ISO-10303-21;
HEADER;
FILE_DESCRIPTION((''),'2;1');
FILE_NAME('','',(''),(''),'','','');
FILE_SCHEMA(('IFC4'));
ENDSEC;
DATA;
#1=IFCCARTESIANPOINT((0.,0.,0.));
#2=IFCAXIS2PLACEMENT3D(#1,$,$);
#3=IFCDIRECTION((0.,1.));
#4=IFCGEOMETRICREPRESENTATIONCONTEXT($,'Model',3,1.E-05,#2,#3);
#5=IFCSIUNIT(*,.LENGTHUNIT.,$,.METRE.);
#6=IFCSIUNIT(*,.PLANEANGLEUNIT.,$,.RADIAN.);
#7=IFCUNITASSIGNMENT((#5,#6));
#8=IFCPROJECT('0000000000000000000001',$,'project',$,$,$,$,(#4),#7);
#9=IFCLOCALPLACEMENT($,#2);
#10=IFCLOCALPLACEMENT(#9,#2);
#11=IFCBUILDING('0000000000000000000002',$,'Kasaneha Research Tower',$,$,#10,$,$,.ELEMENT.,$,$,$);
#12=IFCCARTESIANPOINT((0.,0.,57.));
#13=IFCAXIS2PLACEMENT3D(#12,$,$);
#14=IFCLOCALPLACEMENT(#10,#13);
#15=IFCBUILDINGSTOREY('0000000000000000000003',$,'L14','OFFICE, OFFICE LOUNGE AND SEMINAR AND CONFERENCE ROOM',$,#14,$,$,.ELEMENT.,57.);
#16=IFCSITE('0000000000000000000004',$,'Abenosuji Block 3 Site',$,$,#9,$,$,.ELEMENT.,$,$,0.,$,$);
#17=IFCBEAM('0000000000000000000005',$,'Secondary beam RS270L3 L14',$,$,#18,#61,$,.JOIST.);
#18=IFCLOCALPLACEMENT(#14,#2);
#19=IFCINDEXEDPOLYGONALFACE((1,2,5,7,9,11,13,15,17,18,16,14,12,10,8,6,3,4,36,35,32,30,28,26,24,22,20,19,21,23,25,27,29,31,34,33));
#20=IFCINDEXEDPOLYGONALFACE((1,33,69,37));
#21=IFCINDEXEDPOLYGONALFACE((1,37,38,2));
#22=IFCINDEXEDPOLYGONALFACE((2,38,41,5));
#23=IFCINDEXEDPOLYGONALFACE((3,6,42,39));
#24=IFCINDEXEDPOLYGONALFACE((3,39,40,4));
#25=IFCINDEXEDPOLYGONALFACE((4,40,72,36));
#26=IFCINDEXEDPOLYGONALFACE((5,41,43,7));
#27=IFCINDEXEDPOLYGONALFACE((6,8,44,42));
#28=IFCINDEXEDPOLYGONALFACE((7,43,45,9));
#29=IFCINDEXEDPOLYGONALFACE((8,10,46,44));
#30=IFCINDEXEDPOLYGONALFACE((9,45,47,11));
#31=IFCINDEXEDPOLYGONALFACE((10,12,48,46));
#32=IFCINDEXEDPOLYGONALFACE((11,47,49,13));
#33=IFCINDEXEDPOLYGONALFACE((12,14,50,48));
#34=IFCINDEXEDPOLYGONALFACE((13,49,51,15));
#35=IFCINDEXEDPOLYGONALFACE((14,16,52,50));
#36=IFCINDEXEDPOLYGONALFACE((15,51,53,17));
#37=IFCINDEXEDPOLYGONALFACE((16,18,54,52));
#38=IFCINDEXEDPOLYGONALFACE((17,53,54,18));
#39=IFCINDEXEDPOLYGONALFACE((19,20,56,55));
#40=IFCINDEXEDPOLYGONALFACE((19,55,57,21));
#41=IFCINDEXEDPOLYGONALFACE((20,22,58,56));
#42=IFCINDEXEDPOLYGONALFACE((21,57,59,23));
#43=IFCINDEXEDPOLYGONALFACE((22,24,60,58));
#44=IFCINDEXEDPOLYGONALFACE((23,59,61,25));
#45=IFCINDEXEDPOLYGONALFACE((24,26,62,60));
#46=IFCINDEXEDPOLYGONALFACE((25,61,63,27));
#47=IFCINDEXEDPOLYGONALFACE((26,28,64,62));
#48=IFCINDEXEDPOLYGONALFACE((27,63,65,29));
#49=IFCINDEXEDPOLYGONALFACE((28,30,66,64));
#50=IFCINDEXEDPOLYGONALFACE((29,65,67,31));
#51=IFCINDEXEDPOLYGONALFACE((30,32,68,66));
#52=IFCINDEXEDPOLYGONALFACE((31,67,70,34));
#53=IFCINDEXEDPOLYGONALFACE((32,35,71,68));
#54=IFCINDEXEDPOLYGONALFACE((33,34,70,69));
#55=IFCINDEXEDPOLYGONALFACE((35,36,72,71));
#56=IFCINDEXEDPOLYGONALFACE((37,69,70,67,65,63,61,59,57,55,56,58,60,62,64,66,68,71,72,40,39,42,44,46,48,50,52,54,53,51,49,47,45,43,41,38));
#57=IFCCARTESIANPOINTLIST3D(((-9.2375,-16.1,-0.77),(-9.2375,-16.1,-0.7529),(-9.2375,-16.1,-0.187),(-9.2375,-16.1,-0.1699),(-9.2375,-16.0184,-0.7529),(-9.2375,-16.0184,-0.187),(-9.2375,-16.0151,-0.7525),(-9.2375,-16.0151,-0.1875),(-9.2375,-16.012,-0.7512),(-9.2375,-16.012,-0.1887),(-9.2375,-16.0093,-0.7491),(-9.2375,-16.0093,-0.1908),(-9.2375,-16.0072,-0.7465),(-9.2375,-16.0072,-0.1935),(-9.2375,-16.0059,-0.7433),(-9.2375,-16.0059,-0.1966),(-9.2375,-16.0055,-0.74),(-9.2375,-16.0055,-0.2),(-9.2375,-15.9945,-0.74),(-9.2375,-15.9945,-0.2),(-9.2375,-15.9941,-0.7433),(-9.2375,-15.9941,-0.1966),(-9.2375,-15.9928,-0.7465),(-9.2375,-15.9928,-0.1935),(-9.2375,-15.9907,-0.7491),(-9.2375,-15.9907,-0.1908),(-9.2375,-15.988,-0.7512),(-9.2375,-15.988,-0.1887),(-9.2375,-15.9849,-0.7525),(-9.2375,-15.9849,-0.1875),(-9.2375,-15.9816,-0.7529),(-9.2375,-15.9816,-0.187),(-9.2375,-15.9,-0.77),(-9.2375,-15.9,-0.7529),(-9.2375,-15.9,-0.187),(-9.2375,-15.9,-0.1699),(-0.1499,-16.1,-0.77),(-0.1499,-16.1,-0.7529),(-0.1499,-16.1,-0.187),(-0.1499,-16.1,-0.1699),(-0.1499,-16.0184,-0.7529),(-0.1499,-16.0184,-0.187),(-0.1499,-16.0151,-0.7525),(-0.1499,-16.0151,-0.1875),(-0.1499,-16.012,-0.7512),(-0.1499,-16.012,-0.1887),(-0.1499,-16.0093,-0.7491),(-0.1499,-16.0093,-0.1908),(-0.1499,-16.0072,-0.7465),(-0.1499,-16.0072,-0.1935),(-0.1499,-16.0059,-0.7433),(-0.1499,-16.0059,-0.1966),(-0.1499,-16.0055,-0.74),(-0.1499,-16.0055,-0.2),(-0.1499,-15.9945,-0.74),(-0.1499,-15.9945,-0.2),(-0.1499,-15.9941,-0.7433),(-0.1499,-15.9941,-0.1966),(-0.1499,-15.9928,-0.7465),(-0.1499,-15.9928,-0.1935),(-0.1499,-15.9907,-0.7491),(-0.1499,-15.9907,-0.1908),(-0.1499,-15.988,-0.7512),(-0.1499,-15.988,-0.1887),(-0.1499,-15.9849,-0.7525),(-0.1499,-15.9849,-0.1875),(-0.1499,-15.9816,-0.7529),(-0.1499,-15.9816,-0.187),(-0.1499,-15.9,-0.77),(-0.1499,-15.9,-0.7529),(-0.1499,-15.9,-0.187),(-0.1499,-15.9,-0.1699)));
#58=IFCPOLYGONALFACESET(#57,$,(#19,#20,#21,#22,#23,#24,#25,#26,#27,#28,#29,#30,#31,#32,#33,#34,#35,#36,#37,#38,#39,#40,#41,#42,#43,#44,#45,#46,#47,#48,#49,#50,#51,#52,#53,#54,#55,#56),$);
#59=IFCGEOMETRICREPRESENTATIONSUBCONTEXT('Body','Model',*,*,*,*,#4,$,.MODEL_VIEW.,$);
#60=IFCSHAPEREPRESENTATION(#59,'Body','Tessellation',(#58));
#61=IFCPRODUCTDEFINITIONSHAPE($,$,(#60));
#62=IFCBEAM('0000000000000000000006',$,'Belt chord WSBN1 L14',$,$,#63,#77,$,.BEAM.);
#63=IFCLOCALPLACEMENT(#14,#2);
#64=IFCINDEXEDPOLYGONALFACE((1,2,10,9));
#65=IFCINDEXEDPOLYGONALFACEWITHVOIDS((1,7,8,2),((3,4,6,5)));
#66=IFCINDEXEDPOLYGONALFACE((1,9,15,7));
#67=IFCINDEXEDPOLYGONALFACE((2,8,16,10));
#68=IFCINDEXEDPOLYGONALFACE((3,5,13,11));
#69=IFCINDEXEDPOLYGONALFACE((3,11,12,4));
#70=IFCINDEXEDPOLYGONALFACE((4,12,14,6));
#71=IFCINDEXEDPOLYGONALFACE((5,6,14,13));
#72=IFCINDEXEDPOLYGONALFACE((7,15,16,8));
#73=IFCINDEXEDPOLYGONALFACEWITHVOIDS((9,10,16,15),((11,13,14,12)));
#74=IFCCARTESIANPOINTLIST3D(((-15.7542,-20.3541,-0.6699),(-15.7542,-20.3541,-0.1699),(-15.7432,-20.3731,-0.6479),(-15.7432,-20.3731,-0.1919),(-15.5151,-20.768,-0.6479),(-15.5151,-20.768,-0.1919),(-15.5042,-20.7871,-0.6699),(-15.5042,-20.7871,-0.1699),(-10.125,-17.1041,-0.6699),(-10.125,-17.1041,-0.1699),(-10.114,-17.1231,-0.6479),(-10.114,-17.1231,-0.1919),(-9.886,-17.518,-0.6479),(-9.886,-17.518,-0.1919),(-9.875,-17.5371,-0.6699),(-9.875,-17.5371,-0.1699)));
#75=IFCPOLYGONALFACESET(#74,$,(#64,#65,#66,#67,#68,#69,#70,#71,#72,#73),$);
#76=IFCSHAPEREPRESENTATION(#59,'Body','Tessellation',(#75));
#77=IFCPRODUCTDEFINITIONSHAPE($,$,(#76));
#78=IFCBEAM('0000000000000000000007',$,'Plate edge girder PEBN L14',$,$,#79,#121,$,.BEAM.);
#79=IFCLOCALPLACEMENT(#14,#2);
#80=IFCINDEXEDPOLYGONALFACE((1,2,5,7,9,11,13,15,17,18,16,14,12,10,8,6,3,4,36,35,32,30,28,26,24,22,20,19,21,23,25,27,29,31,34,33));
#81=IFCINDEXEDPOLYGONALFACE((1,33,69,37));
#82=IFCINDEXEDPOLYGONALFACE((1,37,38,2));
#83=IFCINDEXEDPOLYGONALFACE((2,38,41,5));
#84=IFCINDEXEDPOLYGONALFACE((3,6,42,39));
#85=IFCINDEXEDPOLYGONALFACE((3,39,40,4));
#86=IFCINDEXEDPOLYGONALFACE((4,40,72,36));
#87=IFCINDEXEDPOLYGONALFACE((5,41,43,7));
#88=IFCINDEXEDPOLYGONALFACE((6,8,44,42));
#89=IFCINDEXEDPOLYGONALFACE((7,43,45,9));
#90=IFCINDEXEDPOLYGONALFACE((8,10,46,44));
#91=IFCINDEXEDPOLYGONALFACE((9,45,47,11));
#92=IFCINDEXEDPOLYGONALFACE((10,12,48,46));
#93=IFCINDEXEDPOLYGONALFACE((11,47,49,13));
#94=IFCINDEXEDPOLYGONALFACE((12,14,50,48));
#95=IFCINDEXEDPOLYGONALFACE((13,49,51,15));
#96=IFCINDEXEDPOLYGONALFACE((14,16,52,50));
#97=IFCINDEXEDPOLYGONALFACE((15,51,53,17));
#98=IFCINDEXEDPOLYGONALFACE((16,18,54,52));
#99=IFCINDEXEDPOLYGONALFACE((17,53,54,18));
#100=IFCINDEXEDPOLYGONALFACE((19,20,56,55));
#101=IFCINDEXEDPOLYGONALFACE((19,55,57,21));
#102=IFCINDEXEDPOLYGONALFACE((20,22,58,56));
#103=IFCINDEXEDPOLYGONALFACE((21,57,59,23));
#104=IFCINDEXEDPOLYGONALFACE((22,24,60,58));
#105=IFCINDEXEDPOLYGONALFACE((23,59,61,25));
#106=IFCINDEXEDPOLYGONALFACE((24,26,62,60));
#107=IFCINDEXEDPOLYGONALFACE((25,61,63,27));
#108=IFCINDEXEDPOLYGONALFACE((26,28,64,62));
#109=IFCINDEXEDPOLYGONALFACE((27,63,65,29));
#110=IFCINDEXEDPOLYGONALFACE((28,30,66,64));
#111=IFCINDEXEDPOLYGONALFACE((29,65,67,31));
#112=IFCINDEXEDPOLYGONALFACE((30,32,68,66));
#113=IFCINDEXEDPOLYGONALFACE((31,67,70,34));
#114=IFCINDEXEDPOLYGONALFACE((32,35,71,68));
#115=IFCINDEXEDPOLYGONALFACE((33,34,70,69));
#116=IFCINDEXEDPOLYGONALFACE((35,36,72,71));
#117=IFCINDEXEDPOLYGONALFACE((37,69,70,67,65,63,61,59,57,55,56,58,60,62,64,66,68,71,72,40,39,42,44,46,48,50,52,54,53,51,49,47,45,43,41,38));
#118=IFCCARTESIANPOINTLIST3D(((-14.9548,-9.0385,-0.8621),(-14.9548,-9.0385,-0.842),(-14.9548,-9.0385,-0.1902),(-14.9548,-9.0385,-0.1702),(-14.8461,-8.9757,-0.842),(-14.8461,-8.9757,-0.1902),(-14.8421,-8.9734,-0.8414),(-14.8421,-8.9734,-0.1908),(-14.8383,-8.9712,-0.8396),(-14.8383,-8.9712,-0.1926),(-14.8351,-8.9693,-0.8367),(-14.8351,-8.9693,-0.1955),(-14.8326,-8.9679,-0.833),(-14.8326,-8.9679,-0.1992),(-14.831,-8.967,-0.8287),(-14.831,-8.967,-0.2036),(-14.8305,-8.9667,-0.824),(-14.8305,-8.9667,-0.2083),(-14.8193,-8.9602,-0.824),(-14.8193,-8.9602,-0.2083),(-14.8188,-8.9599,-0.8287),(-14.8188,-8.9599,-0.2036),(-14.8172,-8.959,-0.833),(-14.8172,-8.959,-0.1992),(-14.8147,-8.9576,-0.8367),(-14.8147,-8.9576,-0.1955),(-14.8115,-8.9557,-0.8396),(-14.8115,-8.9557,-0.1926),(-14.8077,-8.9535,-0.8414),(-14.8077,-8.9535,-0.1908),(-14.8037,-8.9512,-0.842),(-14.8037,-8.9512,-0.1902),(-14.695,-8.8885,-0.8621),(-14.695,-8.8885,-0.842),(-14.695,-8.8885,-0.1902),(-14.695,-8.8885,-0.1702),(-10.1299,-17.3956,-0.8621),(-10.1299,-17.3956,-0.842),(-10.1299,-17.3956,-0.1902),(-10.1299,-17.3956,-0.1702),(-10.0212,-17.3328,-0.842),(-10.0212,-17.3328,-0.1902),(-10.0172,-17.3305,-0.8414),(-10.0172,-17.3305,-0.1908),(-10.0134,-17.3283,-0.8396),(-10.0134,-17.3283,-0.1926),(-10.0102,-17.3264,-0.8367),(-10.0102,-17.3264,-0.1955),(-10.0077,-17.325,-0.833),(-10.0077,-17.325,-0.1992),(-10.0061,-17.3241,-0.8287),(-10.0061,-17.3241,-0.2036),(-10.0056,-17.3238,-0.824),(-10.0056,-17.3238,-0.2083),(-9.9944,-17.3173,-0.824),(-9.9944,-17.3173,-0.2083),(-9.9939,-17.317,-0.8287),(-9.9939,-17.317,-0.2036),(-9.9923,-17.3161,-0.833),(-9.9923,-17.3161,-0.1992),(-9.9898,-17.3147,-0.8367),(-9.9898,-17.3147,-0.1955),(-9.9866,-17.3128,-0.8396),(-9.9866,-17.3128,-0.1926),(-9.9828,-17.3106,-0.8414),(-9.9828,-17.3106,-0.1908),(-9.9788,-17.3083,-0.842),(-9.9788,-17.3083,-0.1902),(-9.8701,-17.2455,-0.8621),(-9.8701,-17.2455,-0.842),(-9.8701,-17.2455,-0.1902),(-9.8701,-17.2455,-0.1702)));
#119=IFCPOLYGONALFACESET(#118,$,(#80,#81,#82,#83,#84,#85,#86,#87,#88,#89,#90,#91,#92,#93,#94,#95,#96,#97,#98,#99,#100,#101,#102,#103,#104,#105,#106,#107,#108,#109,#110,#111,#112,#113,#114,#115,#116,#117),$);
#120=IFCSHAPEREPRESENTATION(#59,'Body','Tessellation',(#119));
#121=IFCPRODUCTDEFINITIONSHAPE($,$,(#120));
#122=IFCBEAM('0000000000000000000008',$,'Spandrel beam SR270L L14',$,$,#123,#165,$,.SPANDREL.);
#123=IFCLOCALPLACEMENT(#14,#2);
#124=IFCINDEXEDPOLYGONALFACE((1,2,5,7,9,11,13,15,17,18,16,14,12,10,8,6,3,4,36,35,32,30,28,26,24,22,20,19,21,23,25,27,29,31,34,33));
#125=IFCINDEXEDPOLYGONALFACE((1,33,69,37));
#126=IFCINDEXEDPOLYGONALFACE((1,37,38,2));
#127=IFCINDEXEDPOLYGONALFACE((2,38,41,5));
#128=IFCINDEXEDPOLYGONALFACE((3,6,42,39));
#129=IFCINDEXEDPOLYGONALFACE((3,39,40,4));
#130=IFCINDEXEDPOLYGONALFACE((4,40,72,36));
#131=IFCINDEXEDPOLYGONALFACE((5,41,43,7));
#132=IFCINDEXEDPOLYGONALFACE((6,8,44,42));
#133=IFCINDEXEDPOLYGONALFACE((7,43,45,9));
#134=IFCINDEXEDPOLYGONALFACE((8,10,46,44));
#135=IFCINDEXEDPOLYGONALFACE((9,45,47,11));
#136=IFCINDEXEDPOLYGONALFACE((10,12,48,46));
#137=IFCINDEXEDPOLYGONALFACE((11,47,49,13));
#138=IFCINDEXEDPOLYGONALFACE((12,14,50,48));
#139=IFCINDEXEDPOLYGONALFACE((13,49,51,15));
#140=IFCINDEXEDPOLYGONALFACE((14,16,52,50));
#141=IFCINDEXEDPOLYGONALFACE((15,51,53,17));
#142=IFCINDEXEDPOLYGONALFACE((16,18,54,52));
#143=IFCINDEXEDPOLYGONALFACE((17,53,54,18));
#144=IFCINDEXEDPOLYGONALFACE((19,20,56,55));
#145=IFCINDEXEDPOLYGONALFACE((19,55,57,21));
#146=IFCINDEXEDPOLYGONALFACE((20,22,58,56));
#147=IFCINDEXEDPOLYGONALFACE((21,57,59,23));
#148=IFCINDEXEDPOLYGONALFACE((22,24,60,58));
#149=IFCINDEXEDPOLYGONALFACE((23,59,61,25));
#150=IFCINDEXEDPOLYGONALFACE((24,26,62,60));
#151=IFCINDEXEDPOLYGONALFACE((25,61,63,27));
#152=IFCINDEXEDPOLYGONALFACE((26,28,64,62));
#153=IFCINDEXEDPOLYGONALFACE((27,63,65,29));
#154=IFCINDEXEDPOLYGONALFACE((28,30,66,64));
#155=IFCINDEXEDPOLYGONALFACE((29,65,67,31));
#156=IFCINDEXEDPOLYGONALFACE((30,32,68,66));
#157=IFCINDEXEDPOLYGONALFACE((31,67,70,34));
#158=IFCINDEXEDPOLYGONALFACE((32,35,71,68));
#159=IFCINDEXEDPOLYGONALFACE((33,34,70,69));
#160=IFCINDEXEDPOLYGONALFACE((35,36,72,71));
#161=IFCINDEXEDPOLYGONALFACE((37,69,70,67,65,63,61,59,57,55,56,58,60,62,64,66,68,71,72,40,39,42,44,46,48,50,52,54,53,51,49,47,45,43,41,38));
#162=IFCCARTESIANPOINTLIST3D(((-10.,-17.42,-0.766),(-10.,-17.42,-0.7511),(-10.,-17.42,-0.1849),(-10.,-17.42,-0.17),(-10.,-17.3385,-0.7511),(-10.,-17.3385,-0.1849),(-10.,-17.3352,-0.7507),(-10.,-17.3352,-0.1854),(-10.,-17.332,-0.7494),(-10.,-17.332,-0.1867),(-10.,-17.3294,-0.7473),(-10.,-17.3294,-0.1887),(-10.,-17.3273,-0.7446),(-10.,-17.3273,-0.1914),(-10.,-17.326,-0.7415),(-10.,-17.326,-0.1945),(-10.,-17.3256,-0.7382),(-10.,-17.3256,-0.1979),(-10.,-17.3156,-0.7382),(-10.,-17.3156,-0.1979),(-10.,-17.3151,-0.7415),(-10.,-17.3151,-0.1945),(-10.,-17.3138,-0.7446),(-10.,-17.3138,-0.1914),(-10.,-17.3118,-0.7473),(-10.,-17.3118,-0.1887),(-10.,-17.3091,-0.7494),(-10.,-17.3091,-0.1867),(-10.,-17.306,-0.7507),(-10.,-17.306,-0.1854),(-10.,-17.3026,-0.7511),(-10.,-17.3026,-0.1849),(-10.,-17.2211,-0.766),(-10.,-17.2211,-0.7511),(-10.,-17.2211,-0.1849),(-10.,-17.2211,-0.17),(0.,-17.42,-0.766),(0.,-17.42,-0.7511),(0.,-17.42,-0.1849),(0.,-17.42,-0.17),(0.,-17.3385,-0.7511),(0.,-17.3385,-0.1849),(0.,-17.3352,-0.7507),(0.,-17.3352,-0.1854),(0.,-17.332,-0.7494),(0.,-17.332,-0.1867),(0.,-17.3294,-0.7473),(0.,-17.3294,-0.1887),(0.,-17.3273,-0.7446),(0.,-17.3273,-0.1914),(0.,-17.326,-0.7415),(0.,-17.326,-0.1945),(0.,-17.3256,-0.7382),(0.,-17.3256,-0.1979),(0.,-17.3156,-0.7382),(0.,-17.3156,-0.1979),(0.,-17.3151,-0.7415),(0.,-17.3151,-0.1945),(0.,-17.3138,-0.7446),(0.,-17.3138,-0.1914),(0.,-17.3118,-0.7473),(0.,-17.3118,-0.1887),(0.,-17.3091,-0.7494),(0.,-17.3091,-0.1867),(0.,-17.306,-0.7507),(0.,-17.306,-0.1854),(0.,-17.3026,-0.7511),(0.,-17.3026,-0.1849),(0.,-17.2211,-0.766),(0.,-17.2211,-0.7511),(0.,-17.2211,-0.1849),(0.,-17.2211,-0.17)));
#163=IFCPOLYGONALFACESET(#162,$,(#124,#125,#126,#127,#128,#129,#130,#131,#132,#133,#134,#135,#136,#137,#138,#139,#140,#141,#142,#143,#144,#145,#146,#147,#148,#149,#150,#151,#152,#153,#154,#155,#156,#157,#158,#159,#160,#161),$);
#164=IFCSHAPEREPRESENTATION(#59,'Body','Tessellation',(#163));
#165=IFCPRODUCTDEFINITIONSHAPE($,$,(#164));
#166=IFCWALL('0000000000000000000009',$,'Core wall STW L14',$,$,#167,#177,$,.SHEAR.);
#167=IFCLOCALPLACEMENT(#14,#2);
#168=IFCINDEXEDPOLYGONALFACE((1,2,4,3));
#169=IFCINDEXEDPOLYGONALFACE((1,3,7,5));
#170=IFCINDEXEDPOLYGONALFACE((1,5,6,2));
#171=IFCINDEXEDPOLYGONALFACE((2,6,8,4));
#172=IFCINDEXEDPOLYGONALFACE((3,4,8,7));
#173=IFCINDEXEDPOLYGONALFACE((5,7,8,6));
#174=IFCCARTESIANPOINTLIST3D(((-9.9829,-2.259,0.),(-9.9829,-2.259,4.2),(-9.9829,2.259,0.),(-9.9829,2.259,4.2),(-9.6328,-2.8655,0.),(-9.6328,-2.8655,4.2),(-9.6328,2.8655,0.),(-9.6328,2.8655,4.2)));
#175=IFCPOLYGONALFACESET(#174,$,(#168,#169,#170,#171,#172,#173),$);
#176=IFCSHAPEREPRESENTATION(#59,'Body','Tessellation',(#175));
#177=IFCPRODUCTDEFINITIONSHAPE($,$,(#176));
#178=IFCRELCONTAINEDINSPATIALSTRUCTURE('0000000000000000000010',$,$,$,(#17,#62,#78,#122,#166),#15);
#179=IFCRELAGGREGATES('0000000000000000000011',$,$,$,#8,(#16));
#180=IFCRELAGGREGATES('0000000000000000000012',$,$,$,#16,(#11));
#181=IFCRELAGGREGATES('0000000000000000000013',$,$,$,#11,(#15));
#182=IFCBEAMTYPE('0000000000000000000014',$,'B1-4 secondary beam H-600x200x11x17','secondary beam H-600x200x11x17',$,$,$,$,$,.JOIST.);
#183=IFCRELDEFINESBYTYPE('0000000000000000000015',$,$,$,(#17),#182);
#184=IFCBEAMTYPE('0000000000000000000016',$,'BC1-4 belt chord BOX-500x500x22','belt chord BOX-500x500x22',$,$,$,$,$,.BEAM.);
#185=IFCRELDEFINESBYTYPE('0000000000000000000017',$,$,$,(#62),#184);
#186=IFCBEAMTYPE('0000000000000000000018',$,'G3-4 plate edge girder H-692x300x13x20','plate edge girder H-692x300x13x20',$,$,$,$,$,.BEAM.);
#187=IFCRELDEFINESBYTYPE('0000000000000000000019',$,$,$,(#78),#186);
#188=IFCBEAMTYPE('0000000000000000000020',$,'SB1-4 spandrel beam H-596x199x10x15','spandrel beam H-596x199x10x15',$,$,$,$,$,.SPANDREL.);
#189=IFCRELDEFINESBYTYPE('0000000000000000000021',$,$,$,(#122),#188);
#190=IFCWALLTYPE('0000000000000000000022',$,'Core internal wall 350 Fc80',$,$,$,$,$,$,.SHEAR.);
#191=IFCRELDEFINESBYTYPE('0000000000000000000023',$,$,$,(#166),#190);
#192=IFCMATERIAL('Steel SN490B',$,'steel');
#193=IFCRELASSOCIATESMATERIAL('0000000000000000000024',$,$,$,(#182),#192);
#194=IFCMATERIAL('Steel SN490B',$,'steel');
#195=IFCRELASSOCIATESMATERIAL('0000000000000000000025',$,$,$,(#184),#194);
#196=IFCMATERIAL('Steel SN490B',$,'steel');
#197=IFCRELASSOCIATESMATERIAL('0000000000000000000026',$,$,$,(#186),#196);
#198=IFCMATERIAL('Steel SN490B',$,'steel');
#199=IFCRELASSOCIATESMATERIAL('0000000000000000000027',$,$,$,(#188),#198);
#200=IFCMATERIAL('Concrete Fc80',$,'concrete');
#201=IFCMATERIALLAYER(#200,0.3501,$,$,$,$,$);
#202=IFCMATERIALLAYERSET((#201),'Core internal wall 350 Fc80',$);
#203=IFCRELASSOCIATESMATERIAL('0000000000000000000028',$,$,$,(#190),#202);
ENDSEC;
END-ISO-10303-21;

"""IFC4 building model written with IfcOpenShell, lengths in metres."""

from ifc_helpers import new_model, si_unit, direction, frame, origin, origin_2d, place, context, subcontext, project, spatial, polyline, hollow_rectangle, i_section, outline, extrude, material, layer, layer_set, material_profile, profile_set, type_object, element, save


model = new_model("IFC4")

# Units and contexts
model_context = context("Model", 3, precision=1e-05, world=origin(), true_north=direction((0.0, 1.0)))
body_context = subcontext(model_context, "Body", "Model", "MODEL_VIEW")
ifc_project = project(units=[si_unit("LENGTHUNIT", "METRE"), si_unit("PLANEANGLEUNIT", "RADIAN")], contexts=[model_context])

# Site, building, storey
site_placement = place(None, origin())
site = spatial("IfcSite", under=ifc_project, at=site_placement, Name="Abenosuji Block 3 Site", CompositionType="ELEMENT", RefElevation=0.0)
building_placement = place(site_placement, origin())
building = spatial("IfcBuilding", under=site, at=building_placement, Name="Kasaneha Research Tower", CompositionType="ELEMENT")
storey_placement = place(building_placement, frame((0.0, 0.0, 57.0)))
storey = spatial("IfcBuildingStorey", under=building, at=storey_placement, Name="L14", Description="OFFICE, OFFICE LOUNGE AND SEMINAR AND CONFERENCE ROOM", CompositionType="ELEMENT", Elevation=57.0)

# Beams
ifc_material_1 = material(Name="Steel SN490B", Category="steel")
ifc_material_profile_1 = material_profile(ifc_material_1, i_section(OverallWidth=0.2, OverallDepth=0.6001, WebThickness=0.011, FlangeThickness=0.0171, FilletRadius=0.0129, at=origin_2d()), Name="H-600x200x11x17")
ifc_profile_set_1 = profile_set([ifc_material_profile_1], Name="Steel SN490B")
beam_type_1 = type_object("IfcBeamType", Name="B1-4 secondary beam H-600x200x11x17", Description="secondary beam H-600x200x11x17", PredefinedType="JOIST", material=ifc_profile_set_1)
beam_1_placement = place(storey_placement, frame((-9.2375, -16.0, -0.47), z_axis=(1.0, 0.0, 0.0), x_axis=(0.0, 1.0, 0.0)))
element("IfcBeam", 1, at=beam_1_placement, inside=storey, type_object=beam_type_1, Name="Secondary beam RS270L3 L14", PredefinedType="JOIST", context=body_context, shape_type="SweptSolid", body=[
    extrude(i_section(OverallWidth=0.2, OverallDepth=0.6001, WebThickness=0.011, FlangeThickness=0.0171, FilletRadius=0.0129, at=origin_2d()), origin(), (0.0, 0.0, 1.0), 9.0876),
])
ifc_material_2 = material(Name="Steel SN490B", Category="steel")
ifc_material_profile_2 = material_profile(ifc_material_2, hollow_rectangle(XDim=0.5, YDim=0.5, WallThickness=0.022, at=origin_2d()), Name="BOX-500x500x22")
ifc_profile_set_2 = profile_set([ifc_material_profile_2], Name="Steel SN490B")
beam_type_2 = type_object("IfcBeamType", Name="BC1-4 belt chord BOX-500x500x22", Description="belt chord BOX-500x500x22", PredefinedType="BEAM", material=ifc_profile_set_2)
beam_2_placement = place(storey_placement, frame((-10.0, -17.3206, -0.4199), z_axis=(-0.866025, -0.500001, 0.0), x_axis=(0.500001, -0.866025, 0.0)))
element("IfcBeam", 2, at=beam_2_placement, inside=storey, type_object=beam_type_2, Name="Belt chord WSBN1 L14", PredefinedType="BEAM", context=body_context, shape_type="SweptSolid", body=[
    extrude(hollow_rectangle(XDim=0.5, YDim=0.5, WallThickness=0.022, at=origin_2d()), origin(), (0.0, 0.0, 1.0), 6.5),
])
ifc_material_3 = material(Name="Steel SN490B", Category="steel")
ifc_material_profile_3 = material_profile(ifc_material_3, i_section(OverallWidth=0.3, OverallDepth=0.6919, WebThickness=0.0129, FlangeThickness=0.02, FilletRadius=0.0181, at=origin_2d()), Name="H-692x300x13x20")
ifc_profile_set_3 = profile_set([ifc_material_profile_3], Name="Steel SN490B")
beam_type_3 = type_object("IfcBeamType", Name="G3-4 plate edge girder H-692x300x13x20", Description="plate edge girder H-692x300x13x20", PredefinedType="BEAM", material=ifc_profile_set_3)
beam_3_placement = place(storey_placement, frame((-10.0, -17.3206, -0.5161), z_axis=(-0.499995, 0.866028, 0.0), x_axis=(-0.866028, -0.499995, 0.0)))
element("IfcBeam", 3, at=beam_3_placement, inside=storey, type_object=beam_type_3, Name="Plate edge girder PEBN L14", PredefinedType="BEAM", context=body_context, shape_type="SweptSolid", body=[
    extrude(i_section(OverallWidth=0.3, OverallDepth=0.6919, WebThickness=0.0129, FlangeThickness=0.02, FilletRadius=0.0181, at=origin_2d()), origin(), (0.0, 0.0, 1.0), 9.6499),
])
ifc_material_4 = material(Name="Steel SN490B", Category="steel")
ifc_material_profile_4 = material_profile(ifc_material_4, i_section(OverallWidth=0.199, OverallDepth=0.5959, WebThickness=0.01, FlangeThickness=0.0149, FilletRadius=0.0129, at=origin_2d()), Name="H-596x199x10x15")
ifc_profile_set_4 = profile_set([ifc_material_profile_4], Name="Steel SN490B")
beam_type_4 = type_object("IfcBeamType", Name="SB1-4 spandrel beam H-596x199x10x15", Description="spandrel beam H-596x199x10x15", PredefinedType="SPANDREL", material=ifc_profile_set_4)
beam_4_placement = place(storey_placement, frame((-10.0, -17.3206, -0.468), z_axis=(1.0, 0.0, 0.0), x_axis=(0.0, 1.0, 0.0)))
element("IfcBeam", 4, at=beam_4_placement, inside=storey, type_object=beam_type_4, Name="Spandrel beam SR270L L14", PredefinedType="SPANDREL", context=body_context, shape_type="SweptSolid", body=[
    extrude(i_section(OverallWidth=0.199, OverallDepth=0.5959, WebThickness=0.01, FlangeThickness=0.0149, FilletRadius=0.0129, at=origin_2d()), origin(), (0.0, 0.0, 1.0), 10.0),
])

# Shared definitions
ifc_material_5 = material(Name="Concrete Fc80", Category="concrete")
ifc_layer_1 = layer(ifc_material_5, 0.3501)
ifc_layer_set_1 = layer_set([ifc_layer_1], Name="Core internal wall 350 Fc80")
wall_type_1 = type_object("IfcWallType", Name="Core internal wall 350 Fc80", PredefinedType="SHEAR", material=ifc_layer_set_1)

# Wall
wall_1_placement = place(storey_placement, frame((-9.8079, -2.5623, 0.0), z_axis=(0.0, 0.0, 1.0), x_axis=(0.0, 1.0, 0.0)))
element("IfcWall", 5, at=wall_1_placement, inside=storey, type_object=wall_type_1, Name="Core wall STW L14", PredefinedType="SHEAR", context=body_context, shape_type="SweptSolid", body=[
    extrude(outline(polyline([(-0.3032, -0.175), (5.4277, -0.175), (4.8213, 0.175), (0.3032, 0.175), (-0.3032, -0.175)])), origin(), (0.0, 0.0, 1.0), 4.2),
])

save(model, "model.ifc")
